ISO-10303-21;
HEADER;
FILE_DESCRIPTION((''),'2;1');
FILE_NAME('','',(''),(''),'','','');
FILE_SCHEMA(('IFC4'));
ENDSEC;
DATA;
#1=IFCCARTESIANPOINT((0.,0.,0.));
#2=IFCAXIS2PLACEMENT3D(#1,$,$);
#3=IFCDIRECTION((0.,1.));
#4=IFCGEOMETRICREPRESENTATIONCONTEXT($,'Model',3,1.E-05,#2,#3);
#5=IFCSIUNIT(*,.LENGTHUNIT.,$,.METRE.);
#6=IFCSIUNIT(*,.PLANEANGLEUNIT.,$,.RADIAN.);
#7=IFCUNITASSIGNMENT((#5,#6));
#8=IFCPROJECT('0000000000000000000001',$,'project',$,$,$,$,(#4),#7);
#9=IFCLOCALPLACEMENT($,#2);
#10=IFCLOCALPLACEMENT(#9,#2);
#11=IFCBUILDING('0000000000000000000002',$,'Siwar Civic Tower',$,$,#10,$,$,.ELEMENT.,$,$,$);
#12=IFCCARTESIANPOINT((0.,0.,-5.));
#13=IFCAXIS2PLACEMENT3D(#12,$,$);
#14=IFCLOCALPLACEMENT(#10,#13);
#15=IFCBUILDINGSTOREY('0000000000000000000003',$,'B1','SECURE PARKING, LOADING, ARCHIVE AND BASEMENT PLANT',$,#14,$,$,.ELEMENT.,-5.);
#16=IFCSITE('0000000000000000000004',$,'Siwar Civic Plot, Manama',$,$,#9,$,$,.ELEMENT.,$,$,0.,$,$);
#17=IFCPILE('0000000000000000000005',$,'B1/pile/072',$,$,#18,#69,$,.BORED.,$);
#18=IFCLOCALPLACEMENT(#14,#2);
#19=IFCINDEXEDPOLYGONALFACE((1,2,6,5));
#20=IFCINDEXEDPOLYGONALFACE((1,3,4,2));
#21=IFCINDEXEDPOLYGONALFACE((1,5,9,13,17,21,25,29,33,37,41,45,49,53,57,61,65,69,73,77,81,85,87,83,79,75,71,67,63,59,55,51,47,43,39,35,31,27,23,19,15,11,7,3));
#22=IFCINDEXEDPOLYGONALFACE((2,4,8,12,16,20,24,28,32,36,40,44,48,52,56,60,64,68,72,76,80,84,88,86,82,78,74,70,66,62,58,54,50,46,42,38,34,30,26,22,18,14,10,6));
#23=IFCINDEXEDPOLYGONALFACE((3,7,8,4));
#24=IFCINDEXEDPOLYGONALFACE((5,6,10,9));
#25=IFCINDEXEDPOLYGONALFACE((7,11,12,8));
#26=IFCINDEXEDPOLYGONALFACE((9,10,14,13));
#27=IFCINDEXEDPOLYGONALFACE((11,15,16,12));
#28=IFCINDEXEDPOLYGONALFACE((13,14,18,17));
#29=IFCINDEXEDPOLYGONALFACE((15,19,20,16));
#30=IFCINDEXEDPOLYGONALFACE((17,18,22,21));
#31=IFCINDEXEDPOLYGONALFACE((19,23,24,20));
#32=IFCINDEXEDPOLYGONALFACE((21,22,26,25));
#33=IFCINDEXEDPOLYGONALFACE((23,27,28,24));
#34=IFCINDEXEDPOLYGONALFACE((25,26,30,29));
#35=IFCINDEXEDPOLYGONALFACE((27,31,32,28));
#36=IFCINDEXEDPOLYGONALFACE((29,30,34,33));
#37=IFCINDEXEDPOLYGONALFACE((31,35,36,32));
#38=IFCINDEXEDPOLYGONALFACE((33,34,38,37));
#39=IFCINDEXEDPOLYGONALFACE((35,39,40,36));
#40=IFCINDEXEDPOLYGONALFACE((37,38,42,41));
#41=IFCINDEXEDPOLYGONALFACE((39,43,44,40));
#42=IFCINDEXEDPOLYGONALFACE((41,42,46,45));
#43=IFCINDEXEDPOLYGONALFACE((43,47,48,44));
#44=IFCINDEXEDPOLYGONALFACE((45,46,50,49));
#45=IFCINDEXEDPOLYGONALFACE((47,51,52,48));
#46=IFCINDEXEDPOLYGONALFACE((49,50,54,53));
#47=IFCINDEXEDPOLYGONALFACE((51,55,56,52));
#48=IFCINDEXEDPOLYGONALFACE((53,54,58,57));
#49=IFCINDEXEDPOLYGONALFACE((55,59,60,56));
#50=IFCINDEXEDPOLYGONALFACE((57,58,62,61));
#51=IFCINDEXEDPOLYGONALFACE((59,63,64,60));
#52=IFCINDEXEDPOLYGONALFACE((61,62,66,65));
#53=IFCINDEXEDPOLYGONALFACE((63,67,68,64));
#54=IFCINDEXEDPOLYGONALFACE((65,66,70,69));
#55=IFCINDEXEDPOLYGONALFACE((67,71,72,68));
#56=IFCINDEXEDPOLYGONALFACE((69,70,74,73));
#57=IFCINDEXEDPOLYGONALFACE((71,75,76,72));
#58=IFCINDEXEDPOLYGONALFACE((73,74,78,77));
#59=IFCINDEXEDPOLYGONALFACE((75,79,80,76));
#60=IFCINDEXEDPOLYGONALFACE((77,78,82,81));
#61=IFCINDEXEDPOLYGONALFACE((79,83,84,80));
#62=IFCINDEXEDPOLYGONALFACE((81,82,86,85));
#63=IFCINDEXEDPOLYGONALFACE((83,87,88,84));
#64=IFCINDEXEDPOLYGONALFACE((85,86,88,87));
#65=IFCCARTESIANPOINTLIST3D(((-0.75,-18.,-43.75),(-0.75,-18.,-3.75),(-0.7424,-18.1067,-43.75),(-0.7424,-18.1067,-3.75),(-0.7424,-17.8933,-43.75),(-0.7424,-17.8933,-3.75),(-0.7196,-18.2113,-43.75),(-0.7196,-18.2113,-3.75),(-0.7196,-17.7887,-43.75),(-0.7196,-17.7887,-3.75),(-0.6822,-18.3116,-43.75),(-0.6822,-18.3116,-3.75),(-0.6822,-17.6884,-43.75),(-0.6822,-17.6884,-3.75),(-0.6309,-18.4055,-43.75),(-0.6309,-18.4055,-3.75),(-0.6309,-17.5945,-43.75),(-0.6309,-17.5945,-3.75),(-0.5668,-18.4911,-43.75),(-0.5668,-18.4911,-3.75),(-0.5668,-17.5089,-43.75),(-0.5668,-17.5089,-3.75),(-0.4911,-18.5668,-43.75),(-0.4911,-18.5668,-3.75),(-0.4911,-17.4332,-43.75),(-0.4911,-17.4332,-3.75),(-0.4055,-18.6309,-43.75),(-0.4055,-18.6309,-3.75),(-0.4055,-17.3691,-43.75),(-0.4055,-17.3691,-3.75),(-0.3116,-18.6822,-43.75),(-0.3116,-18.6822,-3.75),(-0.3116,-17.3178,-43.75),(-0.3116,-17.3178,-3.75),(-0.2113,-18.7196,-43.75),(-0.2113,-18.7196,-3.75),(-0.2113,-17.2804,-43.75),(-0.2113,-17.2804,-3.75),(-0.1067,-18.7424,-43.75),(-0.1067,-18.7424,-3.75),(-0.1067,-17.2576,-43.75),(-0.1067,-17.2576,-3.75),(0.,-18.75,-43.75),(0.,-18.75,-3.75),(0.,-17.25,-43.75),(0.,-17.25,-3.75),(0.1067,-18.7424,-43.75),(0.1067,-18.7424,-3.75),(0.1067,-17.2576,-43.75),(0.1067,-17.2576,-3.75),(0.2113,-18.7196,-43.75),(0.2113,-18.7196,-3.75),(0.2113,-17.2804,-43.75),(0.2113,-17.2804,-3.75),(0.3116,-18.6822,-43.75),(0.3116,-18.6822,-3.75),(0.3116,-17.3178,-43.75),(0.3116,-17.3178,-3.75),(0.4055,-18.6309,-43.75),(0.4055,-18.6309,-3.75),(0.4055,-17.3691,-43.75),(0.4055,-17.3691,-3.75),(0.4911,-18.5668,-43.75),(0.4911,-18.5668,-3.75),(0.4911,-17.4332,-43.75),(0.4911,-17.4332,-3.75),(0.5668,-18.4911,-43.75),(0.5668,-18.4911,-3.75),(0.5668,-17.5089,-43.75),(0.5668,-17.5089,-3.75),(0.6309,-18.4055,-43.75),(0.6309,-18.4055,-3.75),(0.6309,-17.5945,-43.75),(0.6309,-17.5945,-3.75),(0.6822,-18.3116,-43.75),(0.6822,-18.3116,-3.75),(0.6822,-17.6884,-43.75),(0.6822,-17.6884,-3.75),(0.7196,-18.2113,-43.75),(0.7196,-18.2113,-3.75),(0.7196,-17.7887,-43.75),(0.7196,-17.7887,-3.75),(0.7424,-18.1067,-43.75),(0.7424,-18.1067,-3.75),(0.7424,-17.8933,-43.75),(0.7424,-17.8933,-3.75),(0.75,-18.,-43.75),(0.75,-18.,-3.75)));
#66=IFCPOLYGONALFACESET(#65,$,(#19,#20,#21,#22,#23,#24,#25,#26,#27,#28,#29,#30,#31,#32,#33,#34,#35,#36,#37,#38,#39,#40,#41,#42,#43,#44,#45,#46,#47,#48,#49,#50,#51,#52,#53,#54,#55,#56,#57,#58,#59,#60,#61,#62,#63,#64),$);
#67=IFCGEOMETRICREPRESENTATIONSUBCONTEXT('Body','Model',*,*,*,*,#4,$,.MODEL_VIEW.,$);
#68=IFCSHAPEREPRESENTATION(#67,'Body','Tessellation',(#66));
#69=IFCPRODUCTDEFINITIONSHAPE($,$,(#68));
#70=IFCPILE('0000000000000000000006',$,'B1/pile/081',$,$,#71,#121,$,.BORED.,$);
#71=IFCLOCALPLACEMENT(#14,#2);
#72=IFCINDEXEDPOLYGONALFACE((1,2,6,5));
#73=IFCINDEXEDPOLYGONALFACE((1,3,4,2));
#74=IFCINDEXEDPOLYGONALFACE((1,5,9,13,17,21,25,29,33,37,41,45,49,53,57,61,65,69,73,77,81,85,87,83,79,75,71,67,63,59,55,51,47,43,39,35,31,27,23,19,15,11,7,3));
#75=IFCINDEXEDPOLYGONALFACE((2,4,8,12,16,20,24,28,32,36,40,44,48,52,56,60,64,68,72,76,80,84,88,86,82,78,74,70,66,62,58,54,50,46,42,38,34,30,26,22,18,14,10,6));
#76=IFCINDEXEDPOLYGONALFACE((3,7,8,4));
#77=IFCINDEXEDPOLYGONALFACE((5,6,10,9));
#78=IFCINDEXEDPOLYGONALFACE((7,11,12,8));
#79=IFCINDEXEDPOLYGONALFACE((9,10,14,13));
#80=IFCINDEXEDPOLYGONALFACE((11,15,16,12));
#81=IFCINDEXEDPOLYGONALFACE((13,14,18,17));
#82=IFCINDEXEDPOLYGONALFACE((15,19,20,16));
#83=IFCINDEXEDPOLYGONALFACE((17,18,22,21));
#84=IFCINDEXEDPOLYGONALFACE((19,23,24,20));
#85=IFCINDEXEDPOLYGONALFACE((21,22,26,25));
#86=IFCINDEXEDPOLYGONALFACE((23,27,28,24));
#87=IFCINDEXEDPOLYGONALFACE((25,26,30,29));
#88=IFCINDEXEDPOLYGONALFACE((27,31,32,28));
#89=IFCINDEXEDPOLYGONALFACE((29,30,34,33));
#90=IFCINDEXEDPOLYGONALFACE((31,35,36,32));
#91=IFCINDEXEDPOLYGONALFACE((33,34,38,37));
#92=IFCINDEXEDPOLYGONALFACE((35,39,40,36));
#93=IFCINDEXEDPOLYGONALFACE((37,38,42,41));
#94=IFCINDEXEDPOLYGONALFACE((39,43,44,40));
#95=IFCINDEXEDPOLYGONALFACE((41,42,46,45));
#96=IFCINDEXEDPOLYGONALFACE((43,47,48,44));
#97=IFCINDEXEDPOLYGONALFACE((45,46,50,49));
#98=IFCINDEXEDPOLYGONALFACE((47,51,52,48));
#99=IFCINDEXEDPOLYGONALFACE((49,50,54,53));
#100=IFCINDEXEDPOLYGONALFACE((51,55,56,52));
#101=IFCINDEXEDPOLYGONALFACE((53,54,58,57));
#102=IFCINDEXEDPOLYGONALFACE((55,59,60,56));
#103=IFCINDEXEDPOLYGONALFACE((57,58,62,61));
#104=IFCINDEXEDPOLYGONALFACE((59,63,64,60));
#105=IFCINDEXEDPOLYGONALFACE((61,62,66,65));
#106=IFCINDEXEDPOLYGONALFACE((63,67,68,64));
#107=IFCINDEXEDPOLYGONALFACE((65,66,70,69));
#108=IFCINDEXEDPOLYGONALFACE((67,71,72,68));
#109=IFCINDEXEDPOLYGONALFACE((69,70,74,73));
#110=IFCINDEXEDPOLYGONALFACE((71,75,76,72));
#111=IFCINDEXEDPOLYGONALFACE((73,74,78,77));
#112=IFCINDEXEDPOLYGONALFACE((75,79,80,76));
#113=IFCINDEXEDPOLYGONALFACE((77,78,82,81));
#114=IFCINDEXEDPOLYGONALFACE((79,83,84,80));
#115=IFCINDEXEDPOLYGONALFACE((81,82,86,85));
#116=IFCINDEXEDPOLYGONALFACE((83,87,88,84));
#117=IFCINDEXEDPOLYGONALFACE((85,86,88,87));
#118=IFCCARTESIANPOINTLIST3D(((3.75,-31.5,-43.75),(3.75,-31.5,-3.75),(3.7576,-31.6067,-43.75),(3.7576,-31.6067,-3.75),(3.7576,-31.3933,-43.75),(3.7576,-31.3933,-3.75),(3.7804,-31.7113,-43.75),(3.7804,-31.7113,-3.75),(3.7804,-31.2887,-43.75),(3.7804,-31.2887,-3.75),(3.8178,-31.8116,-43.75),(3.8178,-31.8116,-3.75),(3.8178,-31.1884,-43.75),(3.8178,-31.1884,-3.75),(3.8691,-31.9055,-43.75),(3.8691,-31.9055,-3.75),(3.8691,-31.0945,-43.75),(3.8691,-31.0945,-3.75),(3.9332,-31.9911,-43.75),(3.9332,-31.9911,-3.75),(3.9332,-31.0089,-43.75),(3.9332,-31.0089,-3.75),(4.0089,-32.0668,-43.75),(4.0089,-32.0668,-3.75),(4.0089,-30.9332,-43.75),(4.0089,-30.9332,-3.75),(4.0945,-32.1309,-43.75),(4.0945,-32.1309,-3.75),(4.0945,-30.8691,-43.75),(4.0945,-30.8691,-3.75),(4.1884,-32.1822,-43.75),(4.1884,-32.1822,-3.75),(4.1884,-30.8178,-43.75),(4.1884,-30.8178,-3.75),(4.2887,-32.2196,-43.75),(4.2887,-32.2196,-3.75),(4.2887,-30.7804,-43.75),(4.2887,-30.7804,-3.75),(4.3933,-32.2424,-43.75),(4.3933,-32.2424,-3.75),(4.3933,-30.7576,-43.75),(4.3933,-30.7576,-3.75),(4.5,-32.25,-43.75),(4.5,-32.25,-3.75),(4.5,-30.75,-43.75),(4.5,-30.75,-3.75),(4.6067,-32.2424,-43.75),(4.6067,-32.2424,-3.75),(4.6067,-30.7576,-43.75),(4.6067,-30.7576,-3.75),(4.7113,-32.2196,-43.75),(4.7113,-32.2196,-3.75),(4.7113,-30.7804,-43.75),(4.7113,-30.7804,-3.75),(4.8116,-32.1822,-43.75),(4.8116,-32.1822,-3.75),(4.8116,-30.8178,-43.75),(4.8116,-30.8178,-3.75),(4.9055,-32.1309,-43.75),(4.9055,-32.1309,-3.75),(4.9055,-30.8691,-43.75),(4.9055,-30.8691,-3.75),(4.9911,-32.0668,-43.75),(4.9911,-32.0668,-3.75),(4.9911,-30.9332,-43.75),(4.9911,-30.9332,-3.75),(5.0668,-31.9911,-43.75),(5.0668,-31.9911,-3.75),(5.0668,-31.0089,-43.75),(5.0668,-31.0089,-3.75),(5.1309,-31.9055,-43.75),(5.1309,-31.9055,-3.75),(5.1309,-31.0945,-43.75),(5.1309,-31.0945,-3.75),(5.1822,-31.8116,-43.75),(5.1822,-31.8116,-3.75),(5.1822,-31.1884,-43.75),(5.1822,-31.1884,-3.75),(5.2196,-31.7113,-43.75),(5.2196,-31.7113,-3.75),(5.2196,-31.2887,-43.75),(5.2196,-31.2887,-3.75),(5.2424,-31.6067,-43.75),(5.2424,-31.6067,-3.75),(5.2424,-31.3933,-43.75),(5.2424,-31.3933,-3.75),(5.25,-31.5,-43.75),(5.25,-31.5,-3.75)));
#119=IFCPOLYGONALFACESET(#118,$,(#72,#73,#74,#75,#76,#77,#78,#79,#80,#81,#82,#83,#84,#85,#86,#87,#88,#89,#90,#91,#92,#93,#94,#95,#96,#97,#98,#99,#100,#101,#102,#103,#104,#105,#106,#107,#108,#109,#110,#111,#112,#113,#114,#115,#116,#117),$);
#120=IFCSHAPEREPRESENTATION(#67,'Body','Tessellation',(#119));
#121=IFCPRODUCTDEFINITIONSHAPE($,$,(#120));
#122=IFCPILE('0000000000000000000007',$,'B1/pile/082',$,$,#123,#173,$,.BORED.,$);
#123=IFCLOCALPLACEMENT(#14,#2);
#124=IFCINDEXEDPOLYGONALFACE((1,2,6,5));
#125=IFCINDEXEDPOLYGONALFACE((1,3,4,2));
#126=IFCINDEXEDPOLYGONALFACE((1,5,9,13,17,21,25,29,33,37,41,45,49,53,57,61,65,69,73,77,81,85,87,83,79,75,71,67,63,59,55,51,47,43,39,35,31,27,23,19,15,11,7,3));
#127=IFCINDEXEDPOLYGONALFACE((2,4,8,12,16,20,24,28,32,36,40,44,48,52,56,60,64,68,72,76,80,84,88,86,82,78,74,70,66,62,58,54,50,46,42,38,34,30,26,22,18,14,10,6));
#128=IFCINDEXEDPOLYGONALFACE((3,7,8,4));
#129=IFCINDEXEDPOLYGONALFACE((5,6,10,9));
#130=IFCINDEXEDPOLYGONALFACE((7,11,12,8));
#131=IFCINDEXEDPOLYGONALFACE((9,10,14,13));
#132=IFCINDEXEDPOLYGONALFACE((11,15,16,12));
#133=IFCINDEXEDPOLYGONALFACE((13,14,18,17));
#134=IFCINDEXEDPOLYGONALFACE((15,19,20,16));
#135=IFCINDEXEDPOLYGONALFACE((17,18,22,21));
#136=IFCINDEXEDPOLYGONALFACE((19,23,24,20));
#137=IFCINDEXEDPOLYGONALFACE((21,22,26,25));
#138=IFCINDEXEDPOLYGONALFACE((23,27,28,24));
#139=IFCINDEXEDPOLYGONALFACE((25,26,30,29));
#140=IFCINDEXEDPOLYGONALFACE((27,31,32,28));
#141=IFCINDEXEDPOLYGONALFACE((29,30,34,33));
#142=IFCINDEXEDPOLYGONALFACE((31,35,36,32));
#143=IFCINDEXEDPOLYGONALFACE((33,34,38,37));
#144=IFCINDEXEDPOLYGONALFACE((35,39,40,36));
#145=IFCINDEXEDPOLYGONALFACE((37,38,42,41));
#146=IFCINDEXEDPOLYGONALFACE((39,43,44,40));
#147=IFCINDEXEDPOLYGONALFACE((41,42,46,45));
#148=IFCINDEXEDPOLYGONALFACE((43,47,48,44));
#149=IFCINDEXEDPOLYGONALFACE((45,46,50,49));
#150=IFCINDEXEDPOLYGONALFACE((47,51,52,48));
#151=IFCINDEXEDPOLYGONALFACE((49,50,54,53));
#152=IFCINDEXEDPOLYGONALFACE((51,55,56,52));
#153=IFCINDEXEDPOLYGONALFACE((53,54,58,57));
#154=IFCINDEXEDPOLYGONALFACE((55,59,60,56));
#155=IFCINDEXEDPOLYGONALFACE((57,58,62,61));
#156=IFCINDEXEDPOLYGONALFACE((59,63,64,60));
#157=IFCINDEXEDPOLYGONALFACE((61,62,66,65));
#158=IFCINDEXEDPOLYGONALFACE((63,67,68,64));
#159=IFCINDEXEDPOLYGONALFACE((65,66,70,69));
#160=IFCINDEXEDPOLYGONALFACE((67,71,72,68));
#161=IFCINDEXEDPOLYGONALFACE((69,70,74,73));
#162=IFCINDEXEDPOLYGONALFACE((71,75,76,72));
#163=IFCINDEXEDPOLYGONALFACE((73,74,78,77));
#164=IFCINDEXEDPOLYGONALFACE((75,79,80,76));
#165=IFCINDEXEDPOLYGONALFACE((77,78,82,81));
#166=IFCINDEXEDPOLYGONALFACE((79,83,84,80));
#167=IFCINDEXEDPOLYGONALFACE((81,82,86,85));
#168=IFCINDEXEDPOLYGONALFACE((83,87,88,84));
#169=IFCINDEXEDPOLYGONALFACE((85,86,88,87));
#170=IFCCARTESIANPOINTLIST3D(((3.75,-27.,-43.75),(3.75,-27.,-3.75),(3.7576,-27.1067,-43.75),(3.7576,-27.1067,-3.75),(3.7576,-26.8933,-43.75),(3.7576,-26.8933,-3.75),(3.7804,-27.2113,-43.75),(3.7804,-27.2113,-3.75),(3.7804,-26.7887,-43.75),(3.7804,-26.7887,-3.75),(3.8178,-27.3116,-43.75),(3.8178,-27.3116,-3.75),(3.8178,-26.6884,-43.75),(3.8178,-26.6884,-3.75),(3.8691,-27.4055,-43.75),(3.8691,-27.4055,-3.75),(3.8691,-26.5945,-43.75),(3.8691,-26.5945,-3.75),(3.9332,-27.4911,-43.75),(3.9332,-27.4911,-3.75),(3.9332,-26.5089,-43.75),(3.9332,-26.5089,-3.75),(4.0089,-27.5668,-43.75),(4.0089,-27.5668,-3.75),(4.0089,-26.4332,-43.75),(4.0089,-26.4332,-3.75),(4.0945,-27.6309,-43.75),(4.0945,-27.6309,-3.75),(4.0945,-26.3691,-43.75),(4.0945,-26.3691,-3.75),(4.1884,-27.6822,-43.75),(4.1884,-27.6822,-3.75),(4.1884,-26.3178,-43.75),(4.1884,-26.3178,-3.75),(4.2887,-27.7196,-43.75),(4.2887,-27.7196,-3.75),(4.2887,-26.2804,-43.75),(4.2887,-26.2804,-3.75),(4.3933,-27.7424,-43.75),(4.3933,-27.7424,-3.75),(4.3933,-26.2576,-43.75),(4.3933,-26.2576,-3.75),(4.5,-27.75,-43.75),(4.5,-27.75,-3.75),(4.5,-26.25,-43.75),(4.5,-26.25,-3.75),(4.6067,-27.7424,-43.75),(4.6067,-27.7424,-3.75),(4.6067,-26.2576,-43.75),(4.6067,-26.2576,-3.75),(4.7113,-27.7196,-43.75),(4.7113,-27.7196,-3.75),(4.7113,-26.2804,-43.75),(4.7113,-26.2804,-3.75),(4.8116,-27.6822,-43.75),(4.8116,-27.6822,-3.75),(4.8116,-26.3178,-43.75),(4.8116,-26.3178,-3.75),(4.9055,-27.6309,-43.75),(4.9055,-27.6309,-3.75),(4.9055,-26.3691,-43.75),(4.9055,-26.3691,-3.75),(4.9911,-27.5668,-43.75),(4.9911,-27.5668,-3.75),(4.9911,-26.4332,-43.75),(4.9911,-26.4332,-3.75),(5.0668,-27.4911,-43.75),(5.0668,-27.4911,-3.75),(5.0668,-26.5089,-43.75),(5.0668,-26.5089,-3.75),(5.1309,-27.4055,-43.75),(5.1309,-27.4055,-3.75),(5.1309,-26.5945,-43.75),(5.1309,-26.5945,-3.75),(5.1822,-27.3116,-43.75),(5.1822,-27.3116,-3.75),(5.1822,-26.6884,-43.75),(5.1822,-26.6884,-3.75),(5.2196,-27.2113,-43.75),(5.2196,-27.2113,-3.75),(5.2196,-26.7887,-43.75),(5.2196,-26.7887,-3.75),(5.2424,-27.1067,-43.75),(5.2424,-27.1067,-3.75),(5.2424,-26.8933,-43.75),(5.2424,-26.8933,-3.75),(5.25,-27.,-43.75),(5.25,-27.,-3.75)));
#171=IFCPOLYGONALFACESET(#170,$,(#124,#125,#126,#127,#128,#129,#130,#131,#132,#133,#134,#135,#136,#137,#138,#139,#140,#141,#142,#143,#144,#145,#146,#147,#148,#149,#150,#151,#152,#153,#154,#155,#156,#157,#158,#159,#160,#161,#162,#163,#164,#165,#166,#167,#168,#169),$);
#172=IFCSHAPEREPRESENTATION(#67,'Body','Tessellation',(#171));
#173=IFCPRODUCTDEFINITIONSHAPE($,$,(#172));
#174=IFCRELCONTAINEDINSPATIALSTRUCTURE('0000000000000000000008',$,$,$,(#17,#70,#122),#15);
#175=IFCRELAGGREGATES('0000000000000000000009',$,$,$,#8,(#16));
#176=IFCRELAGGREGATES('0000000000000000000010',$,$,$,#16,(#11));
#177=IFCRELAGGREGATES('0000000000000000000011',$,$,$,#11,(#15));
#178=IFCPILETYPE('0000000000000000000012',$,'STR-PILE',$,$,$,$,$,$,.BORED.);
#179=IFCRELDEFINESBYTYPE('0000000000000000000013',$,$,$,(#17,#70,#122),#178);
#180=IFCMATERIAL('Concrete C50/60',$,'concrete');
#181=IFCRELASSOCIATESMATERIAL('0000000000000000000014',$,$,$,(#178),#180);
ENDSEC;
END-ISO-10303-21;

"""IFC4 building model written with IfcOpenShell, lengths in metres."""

from ifc_helpers import new_model, si_unit, direction, frame, origin, origin_2d, place, context, subcontext, project, spatial, circle, extrude, material, material_profile, profile_set, type_object, element, save


model = new_model("IFC4")

# Units and contexts
model_context = context("Model", 3, precision=1e-05, world=origin(), true_north=direction((0.0, 1.0)))
body_context = subcontext(model_context, "Body", "Model", "MODEL_VIEW")
ifc_project = project(units=[si_unit("LENGTHUNIT", "METRE"), si_unit("PLANEANGLEUNIT", "RADIAN")], contexts=[model_context])

# Site, building, storey
site_placement = place(None, origin())
site = spatial("IfcSite", under=ifc_project, at=site_placement, Name="Siwar Civic Plot, Manama", CompositionType="ELEMENT", RefElevation=0.0)
building_placement = place(site_placement, origin())
building = spatial("IfcBuilding", under=site, at=building_placement, Name="Siwar Civic Tower", CompositionType="ELEMENT")
storey_placement = place(building_placement, frame((0.0, 0.0, -5.0)))
storey = spatial("IfcBuildingStorey", under=building, at=storey_placement, Name="B1", Description="SECURE PARKING, LOADING, ARCHIVE AND BASEMENT PLANT", CompositionType="ELEMENT", Elevation=-5.0)

# Piles
ifc_material_1 = material(Name="Concrete C50/60", Category="concrete")
ifc_material_profile_1 = material_profile(ifc_material_1, circle(Radius=0.75, at=origin_2d()), Name="PILE1500")
ifc_profile_set_1 = profile_set([ifc_material_profile_1], Name="Concrete C50/60")
pile_type = type_object("IfcPileType", Name="STR-PILE", PredefinedType="BORED", material=ifc_profile_set_1)
for number, where, z_axis, x_axis, name in (
    (1, (0.0, -18.0, -3.75), (0.0, 0.0, -1.0), (1.0, 0.0, 0.0), "B1/pile/072"),
    (2, (4.5, -31.5, -3.75), (0.0, 0.0, -1.0), (1.0, 0.0, 0.0), "B1/pile/081"),
    (3, (4.5, -27.0, -3.75), (0.0, 0.0, -1.0), (1.0, 0.0, 0.0), "B1/pile/082"),
):
    element("IfcPile", number, at=place(storey_placement, frame(where, z_axis=z_axis, x_axis=x_axis)), inside=storey, type_object=pile_type, Name=name, PredefinedType="BORED", context=body_context, shape_type="SweptSolid", body=[
        extrude(circle(Radius=0.75, at=origin_2d()), origin(), (0.0, 0.0, 1.0), 40.0),
    ])

save(model, "model.ifc")
